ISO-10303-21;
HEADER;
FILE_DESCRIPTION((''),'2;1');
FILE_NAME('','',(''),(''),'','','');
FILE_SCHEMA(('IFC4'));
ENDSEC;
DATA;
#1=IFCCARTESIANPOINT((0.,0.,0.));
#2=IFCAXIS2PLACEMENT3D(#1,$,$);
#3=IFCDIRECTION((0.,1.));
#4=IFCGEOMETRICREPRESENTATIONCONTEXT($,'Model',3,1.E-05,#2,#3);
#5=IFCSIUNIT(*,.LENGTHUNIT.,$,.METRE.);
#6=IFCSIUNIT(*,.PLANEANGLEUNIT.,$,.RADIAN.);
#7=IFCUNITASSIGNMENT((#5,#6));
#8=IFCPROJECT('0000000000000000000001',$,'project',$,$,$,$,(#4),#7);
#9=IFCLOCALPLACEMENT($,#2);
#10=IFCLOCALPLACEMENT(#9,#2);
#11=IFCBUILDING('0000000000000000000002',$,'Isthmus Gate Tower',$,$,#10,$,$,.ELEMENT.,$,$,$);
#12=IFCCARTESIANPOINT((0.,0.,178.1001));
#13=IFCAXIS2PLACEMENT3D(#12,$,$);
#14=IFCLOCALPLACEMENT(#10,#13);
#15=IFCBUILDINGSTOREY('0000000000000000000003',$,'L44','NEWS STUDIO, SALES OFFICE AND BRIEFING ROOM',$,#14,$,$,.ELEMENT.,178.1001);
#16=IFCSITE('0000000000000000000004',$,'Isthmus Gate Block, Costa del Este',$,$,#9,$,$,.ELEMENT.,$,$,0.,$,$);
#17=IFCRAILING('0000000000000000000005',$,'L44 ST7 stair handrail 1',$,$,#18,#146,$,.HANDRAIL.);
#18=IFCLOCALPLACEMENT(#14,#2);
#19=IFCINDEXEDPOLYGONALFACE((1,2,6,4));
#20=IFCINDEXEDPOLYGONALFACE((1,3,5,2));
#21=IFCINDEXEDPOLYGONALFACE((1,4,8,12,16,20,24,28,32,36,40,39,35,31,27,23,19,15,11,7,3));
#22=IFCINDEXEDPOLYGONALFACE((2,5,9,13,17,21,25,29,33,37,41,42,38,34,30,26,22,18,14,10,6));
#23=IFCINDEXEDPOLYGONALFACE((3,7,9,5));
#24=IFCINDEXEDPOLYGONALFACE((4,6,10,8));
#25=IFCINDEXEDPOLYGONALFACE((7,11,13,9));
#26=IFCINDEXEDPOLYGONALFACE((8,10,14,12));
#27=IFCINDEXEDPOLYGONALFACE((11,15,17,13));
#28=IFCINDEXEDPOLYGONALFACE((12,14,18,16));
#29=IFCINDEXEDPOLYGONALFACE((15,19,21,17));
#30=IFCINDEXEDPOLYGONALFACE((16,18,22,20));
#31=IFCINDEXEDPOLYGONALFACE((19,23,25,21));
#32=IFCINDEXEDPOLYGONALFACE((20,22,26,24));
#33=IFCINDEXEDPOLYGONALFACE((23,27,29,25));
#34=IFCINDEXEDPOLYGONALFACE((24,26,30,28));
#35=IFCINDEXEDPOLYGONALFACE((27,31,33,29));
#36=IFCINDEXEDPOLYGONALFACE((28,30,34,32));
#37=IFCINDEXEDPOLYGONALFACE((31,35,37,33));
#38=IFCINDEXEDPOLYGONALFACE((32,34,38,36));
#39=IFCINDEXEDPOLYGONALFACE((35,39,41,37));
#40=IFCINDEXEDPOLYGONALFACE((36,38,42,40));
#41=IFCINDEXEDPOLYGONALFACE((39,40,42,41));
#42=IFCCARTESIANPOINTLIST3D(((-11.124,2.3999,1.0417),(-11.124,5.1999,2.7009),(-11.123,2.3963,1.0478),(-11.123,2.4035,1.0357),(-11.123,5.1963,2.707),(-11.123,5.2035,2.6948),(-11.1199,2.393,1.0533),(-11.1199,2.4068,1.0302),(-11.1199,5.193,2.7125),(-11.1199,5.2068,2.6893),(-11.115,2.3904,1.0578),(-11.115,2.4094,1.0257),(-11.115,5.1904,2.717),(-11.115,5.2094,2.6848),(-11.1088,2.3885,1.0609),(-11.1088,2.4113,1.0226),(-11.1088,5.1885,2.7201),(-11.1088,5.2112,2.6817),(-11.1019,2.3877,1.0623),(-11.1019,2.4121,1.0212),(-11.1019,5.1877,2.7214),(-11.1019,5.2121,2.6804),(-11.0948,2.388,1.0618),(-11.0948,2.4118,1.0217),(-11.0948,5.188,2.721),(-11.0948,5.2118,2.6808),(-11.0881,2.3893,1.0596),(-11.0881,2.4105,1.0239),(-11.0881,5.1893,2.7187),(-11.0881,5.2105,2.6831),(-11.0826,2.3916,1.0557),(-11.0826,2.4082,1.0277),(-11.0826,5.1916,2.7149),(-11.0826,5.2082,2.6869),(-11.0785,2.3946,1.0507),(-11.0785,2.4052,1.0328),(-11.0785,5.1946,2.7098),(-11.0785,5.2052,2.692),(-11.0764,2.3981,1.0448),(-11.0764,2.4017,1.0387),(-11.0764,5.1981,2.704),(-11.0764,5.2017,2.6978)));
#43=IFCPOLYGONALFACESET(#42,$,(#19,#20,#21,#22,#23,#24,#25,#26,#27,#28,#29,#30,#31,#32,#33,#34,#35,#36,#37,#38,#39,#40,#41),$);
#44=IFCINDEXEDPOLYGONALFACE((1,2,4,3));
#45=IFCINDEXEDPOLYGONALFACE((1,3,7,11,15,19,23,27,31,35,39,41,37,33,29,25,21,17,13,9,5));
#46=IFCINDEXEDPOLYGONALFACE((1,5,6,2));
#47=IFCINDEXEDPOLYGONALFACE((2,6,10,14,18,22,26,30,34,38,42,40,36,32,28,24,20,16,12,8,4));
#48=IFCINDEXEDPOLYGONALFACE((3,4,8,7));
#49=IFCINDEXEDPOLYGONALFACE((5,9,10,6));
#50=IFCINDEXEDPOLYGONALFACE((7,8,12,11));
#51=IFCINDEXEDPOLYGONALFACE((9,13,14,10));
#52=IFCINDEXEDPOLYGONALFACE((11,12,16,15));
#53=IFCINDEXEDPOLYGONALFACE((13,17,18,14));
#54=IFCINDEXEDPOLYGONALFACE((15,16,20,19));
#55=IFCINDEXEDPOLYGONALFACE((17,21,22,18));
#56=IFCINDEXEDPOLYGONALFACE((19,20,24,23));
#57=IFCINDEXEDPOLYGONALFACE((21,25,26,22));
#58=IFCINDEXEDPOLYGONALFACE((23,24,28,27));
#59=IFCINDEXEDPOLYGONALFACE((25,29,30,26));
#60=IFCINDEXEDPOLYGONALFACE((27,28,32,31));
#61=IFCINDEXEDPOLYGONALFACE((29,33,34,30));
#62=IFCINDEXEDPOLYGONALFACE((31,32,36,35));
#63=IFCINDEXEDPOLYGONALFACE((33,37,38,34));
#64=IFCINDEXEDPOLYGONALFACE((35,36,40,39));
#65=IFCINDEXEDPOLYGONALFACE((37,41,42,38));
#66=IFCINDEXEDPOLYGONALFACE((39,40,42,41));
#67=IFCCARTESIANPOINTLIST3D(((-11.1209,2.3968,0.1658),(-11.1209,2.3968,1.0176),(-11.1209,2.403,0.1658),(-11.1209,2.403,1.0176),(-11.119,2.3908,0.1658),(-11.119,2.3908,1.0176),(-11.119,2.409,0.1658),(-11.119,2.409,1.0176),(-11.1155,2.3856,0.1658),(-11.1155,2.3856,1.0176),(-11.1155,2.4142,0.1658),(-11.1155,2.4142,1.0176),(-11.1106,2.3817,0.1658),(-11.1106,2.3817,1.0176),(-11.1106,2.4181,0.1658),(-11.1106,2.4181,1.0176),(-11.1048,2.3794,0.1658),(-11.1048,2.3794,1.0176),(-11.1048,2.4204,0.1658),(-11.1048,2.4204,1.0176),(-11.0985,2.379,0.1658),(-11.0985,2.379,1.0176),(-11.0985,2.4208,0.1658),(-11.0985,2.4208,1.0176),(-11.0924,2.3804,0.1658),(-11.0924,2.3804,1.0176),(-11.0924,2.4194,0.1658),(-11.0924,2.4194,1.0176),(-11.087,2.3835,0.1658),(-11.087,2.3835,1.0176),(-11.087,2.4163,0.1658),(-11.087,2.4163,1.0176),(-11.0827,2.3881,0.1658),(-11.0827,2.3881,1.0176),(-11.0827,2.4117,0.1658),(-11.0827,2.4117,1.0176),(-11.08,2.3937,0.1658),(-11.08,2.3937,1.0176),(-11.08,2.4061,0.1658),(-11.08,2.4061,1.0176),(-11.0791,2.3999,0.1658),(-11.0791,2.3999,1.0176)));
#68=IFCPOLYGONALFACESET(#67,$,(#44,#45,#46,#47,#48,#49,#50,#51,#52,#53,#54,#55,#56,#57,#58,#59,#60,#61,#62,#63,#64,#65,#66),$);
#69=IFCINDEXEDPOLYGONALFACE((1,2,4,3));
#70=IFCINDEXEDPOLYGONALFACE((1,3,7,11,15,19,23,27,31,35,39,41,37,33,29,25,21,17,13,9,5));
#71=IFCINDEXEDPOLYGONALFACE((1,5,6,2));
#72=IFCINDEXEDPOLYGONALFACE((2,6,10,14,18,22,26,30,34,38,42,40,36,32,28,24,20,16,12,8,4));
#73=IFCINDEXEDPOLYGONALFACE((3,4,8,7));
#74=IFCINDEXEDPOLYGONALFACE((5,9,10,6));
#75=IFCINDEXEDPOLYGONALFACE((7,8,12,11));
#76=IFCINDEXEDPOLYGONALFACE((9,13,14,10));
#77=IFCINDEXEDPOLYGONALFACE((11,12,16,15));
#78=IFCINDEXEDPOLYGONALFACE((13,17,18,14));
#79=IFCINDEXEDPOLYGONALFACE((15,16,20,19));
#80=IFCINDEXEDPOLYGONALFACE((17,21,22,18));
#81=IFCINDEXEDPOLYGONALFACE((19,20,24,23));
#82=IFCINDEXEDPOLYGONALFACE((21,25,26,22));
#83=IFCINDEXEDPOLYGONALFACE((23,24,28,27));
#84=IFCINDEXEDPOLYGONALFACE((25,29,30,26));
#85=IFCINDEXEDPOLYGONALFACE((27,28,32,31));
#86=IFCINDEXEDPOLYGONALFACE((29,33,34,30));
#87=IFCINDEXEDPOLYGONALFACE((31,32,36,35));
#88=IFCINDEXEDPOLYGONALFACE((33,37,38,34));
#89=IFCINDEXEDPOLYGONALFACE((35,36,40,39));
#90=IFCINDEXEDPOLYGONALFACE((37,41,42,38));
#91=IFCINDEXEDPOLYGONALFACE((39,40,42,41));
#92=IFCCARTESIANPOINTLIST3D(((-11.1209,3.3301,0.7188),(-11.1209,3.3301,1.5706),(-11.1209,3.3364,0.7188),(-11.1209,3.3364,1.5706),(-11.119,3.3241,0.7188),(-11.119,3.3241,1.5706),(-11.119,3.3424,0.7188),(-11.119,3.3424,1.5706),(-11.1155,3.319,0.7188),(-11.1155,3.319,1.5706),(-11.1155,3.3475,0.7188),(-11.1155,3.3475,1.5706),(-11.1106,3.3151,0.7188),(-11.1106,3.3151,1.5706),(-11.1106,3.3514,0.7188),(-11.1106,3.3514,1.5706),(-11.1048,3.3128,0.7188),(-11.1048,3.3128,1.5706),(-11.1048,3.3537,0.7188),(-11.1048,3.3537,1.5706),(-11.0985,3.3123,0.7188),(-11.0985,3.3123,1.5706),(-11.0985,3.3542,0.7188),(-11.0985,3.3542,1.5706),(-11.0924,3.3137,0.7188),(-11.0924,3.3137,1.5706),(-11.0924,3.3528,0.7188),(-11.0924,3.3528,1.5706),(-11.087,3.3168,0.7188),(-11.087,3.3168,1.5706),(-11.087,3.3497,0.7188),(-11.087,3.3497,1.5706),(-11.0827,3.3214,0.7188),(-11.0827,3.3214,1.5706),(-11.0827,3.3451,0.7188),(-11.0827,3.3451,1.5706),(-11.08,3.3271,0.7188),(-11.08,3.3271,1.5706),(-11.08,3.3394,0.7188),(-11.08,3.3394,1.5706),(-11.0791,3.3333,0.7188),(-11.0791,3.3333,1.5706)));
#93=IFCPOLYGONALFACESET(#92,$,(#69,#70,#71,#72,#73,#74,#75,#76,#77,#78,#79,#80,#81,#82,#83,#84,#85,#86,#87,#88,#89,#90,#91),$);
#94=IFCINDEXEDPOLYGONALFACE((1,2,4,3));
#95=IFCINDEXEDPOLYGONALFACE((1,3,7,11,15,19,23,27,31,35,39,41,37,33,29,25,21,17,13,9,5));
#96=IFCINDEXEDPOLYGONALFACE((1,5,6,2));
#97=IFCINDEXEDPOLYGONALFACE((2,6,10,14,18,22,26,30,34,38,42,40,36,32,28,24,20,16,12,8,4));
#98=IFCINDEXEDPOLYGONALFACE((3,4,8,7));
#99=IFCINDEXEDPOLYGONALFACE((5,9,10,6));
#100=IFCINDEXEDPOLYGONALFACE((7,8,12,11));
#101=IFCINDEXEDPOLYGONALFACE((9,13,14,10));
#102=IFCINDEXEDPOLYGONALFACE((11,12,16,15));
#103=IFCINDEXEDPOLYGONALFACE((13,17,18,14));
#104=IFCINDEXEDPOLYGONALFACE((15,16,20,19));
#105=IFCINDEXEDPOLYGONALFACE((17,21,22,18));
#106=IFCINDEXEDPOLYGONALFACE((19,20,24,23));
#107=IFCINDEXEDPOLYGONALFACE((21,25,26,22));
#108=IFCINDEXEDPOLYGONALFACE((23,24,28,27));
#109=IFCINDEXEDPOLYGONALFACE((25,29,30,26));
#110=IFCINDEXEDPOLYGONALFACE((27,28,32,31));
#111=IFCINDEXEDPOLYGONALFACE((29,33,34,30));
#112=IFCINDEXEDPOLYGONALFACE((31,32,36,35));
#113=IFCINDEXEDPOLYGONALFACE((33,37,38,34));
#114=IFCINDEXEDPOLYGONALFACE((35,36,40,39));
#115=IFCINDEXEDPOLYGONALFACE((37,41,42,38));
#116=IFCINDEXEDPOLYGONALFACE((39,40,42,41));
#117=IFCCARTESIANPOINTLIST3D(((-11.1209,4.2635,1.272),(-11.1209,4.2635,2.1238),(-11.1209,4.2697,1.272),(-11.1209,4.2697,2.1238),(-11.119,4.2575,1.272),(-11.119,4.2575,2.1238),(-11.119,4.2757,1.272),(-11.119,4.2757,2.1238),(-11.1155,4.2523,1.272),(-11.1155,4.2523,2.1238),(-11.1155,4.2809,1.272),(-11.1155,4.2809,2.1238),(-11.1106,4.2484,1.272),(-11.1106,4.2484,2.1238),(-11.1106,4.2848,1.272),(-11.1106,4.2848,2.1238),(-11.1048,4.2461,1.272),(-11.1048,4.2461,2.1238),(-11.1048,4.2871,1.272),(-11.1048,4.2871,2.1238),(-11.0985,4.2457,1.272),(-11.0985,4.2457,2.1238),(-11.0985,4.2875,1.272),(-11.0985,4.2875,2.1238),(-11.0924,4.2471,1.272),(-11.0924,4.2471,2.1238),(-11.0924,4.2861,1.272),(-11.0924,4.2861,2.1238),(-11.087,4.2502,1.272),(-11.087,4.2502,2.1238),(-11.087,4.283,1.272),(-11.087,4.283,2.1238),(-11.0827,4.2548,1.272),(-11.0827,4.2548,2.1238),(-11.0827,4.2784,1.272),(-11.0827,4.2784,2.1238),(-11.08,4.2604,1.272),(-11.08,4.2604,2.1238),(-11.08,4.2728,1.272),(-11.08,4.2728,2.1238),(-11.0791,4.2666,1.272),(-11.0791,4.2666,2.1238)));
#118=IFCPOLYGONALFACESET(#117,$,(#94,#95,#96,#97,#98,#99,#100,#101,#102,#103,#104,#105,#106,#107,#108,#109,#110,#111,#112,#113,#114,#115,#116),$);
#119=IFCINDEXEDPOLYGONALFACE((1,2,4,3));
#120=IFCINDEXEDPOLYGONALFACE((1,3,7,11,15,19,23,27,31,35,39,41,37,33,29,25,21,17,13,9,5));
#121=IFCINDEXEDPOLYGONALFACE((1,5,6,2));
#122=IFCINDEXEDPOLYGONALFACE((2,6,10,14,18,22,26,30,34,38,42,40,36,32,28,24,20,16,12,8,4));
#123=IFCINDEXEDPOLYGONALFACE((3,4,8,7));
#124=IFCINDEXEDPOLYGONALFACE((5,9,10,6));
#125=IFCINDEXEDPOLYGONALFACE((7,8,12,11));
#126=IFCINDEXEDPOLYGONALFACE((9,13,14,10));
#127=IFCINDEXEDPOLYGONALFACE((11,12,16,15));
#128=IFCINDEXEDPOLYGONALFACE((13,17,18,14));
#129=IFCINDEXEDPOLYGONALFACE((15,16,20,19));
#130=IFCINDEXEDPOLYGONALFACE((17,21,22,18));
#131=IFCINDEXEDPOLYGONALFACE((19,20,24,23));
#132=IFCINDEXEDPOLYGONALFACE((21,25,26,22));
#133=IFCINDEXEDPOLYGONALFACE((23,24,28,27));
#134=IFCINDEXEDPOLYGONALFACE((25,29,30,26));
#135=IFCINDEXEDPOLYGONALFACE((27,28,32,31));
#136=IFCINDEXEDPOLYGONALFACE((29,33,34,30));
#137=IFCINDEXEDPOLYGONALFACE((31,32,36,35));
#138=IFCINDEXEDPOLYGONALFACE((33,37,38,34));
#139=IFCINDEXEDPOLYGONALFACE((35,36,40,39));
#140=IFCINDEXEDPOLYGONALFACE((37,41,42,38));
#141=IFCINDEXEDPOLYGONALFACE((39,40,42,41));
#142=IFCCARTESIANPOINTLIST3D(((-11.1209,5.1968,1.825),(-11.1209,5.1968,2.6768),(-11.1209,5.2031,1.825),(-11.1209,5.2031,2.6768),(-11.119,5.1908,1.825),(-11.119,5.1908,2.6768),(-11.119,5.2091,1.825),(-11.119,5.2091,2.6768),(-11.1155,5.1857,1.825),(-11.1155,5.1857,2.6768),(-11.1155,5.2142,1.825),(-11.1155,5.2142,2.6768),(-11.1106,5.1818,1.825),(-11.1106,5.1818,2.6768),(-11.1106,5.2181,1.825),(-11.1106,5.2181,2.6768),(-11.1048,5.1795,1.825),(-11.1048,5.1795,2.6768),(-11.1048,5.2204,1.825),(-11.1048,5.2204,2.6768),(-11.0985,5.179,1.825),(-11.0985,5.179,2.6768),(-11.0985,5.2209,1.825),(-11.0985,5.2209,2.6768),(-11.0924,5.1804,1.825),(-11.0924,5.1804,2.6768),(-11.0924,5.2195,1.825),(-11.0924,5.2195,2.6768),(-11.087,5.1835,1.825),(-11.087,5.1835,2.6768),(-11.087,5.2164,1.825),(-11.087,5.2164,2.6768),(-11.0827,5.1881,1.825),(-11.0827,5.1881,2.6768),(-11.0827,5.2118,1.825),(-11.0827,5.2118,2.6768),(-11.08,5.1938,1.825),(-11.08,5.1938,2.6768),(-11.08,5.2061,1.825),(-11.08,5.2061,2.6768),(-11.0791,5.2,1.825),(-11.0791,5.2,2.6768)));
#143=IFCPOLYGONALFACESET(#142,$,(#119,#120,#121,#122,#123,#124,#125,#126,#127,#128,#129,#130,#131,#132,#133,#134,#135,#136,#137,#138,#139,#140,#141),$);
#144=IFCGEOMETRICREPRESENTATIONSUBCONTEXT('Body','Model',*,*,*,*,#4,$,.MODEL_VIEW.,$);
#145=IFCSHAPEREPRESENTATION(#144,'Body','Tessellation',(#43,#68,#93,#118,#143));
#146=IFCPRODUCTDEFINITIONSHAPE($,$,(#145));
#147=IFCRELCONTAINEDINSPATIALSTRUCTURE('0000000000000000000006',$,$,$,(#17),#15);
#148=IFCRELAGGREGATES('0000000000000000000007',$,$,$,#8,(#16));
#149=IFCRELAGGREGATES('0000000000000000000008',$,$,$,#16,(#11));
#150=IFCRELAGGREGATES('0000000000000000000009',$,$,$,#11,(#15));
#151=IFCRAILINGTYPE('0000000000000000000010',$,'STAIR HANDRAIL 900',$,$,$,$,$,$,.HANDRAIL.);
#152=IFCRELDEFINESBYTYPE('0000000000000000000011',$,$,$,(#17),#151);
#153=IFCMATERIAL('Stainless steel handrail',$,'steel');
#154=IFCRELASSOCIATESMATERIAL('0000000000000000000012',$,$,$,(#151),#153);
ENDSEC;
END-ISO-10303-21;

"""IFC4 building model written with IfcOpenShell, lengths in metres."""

from ifc_helpers import new_model, si_unit, direction, frame, origin, origin_2d, place, context, subcontext, project, spatial, circle, extrude, material, type_object, element, save


model = new_model("IFC4")

# Units and contexts
model_context = context("Model", 3, precision=1e-05, world=origin(), true_north=direction((0.0, 1.0)))
body_context = subcontext(model_context, "Body", "Model", "MODEL_VIEW")
ifc_project = project(units=[si_unit("LENGTHUNIT", "METRE"), si_unit("PLANEANGLEUNIT", "RADIAN")], contexts=[model_context])

# Site, building, storey
site_placement = place(None, origin())
site = spatial("IfcSite", under=ifc_project, at=site_placement, Name="Isthmus Gate Block, Costa del Este", CompositionType="ELEMENT", RefElevation=0.0)
building_placement = place(site_placement, origin())
building = spatial("IfcBuilding", under=site, at=building_placement, Name="Isthmus Gate Tower", CompositionType="ELEMENT")
storey_placement = place(building_placement, frame((0.0, 0.0, 178.1001)))
storey = spatial("IfcBuildingStorey", under=building, at=storey_placement, Name="L44", Description="NEWS STUDIO, SALES OFFICE AND BRIEFING ROOM", CompositionType="ELEMENT", Elevation=178.1001)

# Railing
ifc_material_1 = material(Name="Stainless steel handrail", Category="steel")
railing_type_1 = type_object("IfcRailingType", Name="STAIR HANDRAIL 900", PredefinedType="HANDRAIL", material=ifc_material_1)
for number, where, name in (
    (1, (-11.1001, 2.3999, 0.1658), "L44 ST7 stair handrail 1"),
):
    element("IfcRailing", number, at=place(storey_placement, frame(where)), inside=storey, type_object=railing_type_1, Name=name, PredefinedType="HANDRAIL", context=body_context, shape_type="SweptSolid", body=[
        extrude(circle(Radius=0.0239, at=origin_2d()), frame((0.0, 0.0, 0.876), z_axis=(0.0, 0.860306, 0.509778), x_axis=(-1.0, 0.0, 0.0)), (0.0, 0.0, 1.0), 3.2546),
        extrude(circle(Radius=0.021, at=origin_2d()), origin(), (0.0, 0.0, 1.0), 0.8518),
        extrude(circle(Radius=0.021, at=origin_2d()), frame((0.0, 0.9333, 0.553)), (0.0, 0.0, 1.0), 0.8518),
        extrude(circle(Radius=0.021, at=origin_2d()), frame((0.0, 1.8667, 1.1062)), (0.0, 0.0, 1.0), 0.8518),
        extrude(circle(Radius=0.021, at=origin_2d()), frame((0.0, 2.8, 1.6592)), (0.0, 0.0, 1.0), 0.8518),
    ])

save(model, "model.ifc")
